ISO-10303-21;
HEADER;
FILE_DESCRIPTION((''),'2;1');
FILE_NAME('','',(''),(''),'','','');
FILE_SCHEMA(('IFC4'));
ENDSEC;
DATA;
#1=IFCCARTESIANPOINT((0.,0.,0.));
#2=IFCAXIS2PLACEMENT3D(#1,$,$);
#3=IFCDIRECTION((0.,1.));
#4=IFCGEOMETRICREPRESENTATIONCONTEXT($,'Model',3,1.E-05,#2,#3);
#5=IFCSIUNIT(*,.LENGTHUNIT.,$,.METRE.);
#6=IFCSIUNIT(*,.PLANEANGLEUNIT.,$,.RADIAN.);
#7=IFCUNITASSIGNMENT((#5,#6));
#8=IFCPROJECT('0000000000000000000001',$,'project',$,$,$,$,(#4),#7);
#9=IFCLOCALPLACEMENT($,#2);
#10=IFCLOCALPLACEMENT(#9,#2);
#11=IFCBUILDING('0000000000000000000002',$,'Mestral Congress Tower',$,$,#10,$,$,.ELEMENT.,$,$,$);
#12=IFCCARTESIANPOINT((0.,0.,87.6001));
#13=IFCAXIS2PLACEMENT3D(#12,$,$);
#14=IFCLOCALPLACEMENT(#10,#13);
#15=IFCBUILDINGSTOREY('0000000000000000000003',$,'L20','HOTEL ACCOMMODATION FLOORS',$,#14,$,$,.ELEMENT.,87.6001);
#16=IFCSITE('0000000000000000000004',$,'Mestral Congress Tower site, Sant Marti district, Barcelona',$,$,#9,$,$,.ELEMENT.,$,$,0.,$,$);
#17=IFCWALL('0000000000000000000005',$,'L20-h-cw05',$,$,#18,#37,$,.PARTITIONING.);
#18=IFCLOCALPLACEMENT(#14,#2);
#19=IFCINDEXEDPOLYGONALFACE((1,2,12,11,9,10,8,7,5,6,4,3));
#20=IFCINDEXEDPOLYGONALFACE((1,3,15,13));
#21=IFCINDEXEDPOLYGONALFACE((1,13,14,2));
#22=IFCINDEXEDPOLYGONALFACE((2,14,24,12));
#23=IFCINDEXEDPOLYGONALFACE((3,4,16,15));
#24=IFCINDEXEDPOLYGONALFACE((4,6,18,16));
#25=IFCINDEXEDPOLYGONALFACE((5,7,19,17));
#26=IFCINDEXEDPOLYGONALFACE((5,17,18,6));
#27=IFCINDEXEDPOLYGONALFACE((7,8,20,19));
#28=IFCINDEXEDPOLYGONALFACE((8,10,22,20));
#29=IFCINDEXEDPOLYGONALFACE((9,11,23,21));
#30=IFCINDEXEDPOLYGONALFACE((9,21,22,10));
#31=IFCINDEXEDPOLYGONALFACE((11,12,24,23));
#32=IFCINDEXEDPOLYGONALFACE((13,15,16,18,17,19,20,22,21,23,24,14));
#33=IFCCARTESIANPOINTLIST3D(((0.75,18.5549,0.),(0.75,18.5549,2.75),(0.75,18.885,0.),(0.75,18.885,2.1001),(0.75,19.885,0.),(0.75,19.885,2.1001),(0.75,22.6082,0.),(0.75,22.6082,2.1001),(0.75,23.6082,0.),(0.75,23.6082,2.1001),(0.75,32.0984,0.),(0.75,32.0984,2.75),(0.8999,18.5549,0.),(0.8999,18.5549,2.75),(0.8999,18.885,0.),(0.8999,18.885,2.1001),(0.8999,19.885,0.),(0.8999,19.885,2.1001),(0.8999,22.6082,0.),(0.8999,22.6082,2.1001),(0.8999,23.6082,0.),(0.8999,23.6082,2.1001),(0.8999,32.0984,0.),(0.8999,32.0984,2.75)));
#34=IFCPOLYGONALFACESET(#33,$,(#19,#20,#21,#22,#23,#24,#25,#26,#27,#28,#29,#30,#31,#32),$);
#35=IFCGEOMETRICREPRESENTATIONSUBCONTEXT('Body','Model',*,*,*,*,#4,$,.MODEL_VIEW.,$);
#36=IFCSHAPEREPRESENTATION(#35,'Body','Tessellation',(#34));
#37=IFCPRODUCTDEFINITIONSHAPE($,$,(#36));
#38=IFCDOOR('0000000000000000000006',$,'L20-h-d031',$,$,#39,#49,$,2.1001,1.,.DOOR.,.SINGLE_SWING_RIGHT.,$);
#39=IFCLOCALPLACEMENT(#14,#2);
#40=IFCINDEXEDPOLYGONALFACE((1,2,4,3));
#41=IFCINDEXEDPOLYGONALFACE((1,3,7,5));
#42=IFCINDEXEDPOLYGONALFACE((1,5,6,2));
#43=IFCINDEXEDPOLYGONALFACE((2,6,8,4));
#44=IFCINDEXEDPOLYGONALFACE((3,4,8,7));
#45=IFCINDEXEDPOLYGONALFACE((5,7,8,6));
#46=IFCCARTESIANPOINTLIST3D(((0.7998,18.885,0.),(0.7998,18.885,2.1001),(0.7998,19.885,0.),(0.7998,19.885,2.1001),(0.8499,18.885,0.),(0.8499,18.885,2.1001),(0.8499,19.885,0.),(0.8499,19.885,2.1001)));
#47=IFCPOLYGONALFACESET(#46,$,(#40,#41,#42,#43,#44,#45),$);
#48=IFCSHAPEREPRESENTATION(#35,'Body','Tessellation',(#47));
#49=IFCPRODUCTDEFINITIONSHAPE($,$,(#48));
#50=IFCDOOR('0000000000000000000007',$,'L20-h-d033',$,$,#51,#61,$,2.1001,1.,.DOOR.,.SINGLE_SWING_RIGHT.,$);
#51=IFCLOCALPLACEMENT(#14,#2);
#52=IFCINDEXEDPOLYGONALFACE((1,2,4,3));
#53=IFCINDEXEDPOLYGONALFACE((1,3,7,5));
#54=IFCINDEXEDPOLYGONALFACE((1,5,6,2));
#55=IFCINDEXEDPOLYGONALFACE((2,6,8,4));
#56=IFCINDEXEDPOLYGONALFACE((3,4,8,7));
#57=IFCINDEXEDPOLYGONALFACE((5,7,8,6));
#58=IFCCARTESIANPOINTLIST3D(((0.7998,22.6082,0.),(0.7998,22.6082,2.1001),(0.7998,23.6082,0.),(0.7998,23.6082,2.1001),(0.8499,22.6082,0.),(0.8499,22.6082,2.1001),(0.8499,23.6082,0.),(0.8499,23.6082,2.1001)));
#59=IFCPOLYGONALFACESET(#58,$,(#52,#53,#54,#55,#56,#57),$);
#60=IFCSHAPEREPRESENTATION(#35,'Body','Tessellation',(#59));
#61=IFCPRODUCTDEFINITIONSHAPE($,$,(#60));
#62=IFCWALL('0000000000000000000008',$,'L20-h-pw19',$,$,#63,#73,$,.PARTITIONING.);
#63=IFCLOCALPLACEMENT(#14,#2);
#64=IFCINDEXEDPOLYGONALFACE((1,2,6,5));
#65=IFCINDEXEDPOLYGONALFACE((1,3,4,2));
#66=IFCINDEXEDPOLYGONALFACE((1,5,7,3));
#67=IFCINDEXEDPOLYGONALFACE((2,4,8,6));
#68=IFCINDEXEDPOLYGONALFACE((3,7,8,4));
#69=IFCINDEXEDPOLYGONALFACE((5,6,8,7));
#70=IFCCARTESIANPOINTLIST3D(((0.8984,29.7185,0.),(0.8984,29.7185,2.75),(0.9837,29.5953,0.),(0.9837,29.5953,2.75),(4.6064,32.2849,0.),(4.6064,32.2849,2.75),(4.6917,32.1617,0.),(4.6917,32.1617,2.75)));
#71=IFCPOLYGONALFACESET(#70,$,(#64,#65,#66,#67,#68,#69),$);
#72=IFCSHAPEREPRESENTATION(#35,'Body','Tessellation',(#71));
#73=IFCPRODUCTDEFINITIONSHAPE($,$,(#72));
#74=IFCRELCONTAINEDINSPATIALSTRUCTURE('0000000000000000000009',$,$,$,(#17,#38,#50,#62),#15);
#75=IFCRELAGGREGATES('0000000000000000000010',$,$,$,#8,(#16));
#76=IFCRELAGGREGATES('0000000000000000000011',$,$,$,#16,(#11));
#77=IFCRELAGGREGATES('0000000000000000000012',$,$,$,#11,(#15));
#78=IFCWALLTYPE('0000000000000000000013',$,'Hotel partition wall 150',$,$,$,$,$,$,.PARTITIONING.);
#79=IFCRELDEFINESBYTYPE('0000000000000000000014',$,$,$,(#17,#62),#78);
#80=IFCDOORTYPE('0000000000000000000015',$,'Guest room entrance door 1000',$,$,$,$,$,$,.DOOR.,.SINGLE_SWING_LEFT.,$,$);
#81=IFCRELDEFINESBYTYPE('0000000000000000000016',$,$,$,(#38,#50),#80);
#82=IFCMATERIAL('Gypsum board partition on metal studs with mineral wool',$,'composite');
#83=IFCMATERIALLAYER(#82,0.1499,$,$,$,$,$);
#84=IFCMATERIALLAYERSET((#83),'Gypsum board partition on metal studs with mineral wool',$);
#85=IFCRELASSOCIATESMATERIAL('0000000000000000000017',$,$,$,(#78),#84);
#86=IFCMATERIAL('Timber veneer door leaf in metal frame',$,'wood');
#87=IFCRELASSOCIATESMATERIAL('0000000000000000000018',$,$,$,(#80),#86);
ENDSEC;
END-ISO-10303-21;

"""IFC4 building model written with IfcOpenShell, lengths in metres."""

from ifc_helpers import new_model, si_unit, direction, frame, frame_2d, origin, place, context, subcontext, project, spatial, rectangle, extrude, material, layer, layer_set, type_object, element, fill, save


model = new_model("IFC4")

# Units and contexts
model_context = context("Model", 3, precision=1e-05, world=origin(), true_north=direction((0.0, 1.0)))
body_context = subcontext(model_context, "Body", "Model", "MODEL_VIEW")
ifc_project = project(units=[si_unit("LENGTHUNIT", "METRE"), si_unit("PLANEANGLEUNIT", "RADIAN")], contexts=[model_context])

# Site, building, storey
site_placement = place(None, origin())
site = spatial("IfcSite", under=ifc_project, at=site_placement, Name="Mestral Congress Tower site, Sant Marti district, Barcelona", CompositionType="ELEMENT", RefElevation=0.0)
building_placement = place(site_placement, origin())
building = spatial("IfcBuilding", under=site, at=building_placement, Name="Mestral Congress Tower", CompositionType="ELEMENT")
storey_placement = place(building_placement, frame((0.0, 0.0, 87.6001)))
storey = spatial("IfcBuildingStorey", under=building, at=storey_placement, Name="L20", Description="HOTEL ACCOMMODATION FLOORS", CompositionType="ELEMENT", Elevation=87.6001)

# Shared definitions
ifc_material_1 = material(Name="Gypsum board partition on metal studs with mineral wool", Category="composite")

# Wall, openings, doors
ifc_layer_1 = layer(ifc_material_1, 0.1499)
ifc_layer_set_1 = layer_set([ifc_layer_1], Name="Gypsum board partition on metal studs with mineral wool")
wall_type_1 = type_object("IfcWallType", Name="Hotel partition wall 150", PredefinedType="PARTITIONING", material=ifc_layer_set_1)
wall_1_placement = place(storey_placement, frame((0.825, 32.0984, 0.0), z_axis=(0.0, 0.0, 1.0), x_axis=(0.0, -1.0, 0.0)))
wall_1 = element("IfcWall", 1, at=wall_1_placement, inside=storey, type_object=wall_type_1, Name="L20-h-cw05", PredefinedType="PARTITIONING", context=body_context, shape_type="SweptSolid", body=[
    extrude(rectangle(XDim=13.5435, YDim=0.1499, at=frame_2d((6.7717, 0.0))), origin(), (0.0, 0.0, 1.0), 2.75),
])
opening_1_placement = place(wall_1_placement, frame((12.2134, 0.0, 0.0)))
opening_1 = element("IfcOpeningElement", 2, at=opening_1_placement, cuts=wall_1, PredefinedType="OPENING", context=body_context, shape_type="SweptSolid", body=[
    extrude(rectangle(XDim=1.0, YDim=2.1001, at=frame_2d((0.5, 1.05))), frame((0.0, 0.085, 0.0), z_axis=(0.0, -1.0, 0.0), x_axis=(1.0, 0.0, 0.0)), (0.0, 0.0, 1.0), 0.1699),
])
opening_2_placement = place(wall_1_placement, frame((8.4902, 0.0, 0.0)))
opening_2 = element("IfcOpeningElement", 3, at=opening_2_placement, cuts=wall_1, PredefinedType="OPENING", context=body_context, shape_type="SweptSolid", body=[
    extrude(rectangle(XDim=1.0, YDim=2.1001, at=frame_2d((0.5, 1.05))), frame((0.0, 0.085, 0.0), z_axis=(0.0, -1.0, 0.0), x_axis=(1.0, 0.0, 0.0)), (0.0, 0.0, 1.0), 0.1699),
])
ifc_material_2 = material(Name="Timber veneer door leaf in metal frame", Category="wood")
door_type = type_object("IfcDoorType", Name="Guest room entrance door 1000", OperationType="SINGLE_SWING_LEFT", PredefinedType="DOOR", material=ifc_material_2)
door_1_placement = place(opening_1_placement, origin())
door_1 = element("IfcDoor", 4, at=door_1_placement, inside=storey, type_object=door_type, Name="L20-h-d031", OperationType="SINGLE_SWING_RIGHT", OverallHeight=2.1001, OverallWidth=1.0, PredefinedType="DOOR", context=body_context, shape_type="SweptSolid", body=[
    extrude(rectangle(XDim=1.0, YDim=2.1001, at=frame_2d((0.5, 1.05))), frame((0.0, 0.0249, 0.0), z_axis=(0.0, -1.0, 0.0), x_axis=(1.0, 0.0, 0.0)), (0.0, 0.0, 1.0), 0.05),
])
fill(opening_1, door_1)
door_2_placement = place(opening_2_placement, origin())
door_2 = element("IfcDoor", 5, at=door_2_placement, inside=storey, type_object=door_type, Name="L20-h-d033", OperationType="SINGLE_SWING_RIGHT", OverallHeight=2.1001, OverallWidth=1.0, PredefinedType="DOOR", context=body_context, shape_type="SweptSolid", body=[
    extrude(rectangle(XDim=1.0, YDim=2.1001, at=frame_2d((0.5, 1.05))), frame((0.0, 0.0249, 0.0), z_axis=(0.0, -1.0, 0.0), x_axis=(1.0, 0.0, 0.0)), (0.0, 0.0, 1.0), 0.05),
])
fill(opening_2, door_2)

# Wall
wall_2_placement = place(storey_placement, frame((4.6492, 32.2234, 0.0), z_axis=(0.0, 0.0, 1.0), x_axis=(-0.822262, -0.569109, 0.0)))
element("IfcWall", 6, at=wall_2_placement, inside=storey, type_object=wall_type_1, Name="L20-h-pw19", PredefinedType="PARTITIONING", context=body_context, shape_type="SweptSolid", body=[
    extrude(rectangle(XDim=4.5095, YDim=0.1499, at=frame_2d((2.2549, 0.0))), origin(), (0.0, 0.0, 1.0), 2.75),
])

save(model, "model.ifc")
